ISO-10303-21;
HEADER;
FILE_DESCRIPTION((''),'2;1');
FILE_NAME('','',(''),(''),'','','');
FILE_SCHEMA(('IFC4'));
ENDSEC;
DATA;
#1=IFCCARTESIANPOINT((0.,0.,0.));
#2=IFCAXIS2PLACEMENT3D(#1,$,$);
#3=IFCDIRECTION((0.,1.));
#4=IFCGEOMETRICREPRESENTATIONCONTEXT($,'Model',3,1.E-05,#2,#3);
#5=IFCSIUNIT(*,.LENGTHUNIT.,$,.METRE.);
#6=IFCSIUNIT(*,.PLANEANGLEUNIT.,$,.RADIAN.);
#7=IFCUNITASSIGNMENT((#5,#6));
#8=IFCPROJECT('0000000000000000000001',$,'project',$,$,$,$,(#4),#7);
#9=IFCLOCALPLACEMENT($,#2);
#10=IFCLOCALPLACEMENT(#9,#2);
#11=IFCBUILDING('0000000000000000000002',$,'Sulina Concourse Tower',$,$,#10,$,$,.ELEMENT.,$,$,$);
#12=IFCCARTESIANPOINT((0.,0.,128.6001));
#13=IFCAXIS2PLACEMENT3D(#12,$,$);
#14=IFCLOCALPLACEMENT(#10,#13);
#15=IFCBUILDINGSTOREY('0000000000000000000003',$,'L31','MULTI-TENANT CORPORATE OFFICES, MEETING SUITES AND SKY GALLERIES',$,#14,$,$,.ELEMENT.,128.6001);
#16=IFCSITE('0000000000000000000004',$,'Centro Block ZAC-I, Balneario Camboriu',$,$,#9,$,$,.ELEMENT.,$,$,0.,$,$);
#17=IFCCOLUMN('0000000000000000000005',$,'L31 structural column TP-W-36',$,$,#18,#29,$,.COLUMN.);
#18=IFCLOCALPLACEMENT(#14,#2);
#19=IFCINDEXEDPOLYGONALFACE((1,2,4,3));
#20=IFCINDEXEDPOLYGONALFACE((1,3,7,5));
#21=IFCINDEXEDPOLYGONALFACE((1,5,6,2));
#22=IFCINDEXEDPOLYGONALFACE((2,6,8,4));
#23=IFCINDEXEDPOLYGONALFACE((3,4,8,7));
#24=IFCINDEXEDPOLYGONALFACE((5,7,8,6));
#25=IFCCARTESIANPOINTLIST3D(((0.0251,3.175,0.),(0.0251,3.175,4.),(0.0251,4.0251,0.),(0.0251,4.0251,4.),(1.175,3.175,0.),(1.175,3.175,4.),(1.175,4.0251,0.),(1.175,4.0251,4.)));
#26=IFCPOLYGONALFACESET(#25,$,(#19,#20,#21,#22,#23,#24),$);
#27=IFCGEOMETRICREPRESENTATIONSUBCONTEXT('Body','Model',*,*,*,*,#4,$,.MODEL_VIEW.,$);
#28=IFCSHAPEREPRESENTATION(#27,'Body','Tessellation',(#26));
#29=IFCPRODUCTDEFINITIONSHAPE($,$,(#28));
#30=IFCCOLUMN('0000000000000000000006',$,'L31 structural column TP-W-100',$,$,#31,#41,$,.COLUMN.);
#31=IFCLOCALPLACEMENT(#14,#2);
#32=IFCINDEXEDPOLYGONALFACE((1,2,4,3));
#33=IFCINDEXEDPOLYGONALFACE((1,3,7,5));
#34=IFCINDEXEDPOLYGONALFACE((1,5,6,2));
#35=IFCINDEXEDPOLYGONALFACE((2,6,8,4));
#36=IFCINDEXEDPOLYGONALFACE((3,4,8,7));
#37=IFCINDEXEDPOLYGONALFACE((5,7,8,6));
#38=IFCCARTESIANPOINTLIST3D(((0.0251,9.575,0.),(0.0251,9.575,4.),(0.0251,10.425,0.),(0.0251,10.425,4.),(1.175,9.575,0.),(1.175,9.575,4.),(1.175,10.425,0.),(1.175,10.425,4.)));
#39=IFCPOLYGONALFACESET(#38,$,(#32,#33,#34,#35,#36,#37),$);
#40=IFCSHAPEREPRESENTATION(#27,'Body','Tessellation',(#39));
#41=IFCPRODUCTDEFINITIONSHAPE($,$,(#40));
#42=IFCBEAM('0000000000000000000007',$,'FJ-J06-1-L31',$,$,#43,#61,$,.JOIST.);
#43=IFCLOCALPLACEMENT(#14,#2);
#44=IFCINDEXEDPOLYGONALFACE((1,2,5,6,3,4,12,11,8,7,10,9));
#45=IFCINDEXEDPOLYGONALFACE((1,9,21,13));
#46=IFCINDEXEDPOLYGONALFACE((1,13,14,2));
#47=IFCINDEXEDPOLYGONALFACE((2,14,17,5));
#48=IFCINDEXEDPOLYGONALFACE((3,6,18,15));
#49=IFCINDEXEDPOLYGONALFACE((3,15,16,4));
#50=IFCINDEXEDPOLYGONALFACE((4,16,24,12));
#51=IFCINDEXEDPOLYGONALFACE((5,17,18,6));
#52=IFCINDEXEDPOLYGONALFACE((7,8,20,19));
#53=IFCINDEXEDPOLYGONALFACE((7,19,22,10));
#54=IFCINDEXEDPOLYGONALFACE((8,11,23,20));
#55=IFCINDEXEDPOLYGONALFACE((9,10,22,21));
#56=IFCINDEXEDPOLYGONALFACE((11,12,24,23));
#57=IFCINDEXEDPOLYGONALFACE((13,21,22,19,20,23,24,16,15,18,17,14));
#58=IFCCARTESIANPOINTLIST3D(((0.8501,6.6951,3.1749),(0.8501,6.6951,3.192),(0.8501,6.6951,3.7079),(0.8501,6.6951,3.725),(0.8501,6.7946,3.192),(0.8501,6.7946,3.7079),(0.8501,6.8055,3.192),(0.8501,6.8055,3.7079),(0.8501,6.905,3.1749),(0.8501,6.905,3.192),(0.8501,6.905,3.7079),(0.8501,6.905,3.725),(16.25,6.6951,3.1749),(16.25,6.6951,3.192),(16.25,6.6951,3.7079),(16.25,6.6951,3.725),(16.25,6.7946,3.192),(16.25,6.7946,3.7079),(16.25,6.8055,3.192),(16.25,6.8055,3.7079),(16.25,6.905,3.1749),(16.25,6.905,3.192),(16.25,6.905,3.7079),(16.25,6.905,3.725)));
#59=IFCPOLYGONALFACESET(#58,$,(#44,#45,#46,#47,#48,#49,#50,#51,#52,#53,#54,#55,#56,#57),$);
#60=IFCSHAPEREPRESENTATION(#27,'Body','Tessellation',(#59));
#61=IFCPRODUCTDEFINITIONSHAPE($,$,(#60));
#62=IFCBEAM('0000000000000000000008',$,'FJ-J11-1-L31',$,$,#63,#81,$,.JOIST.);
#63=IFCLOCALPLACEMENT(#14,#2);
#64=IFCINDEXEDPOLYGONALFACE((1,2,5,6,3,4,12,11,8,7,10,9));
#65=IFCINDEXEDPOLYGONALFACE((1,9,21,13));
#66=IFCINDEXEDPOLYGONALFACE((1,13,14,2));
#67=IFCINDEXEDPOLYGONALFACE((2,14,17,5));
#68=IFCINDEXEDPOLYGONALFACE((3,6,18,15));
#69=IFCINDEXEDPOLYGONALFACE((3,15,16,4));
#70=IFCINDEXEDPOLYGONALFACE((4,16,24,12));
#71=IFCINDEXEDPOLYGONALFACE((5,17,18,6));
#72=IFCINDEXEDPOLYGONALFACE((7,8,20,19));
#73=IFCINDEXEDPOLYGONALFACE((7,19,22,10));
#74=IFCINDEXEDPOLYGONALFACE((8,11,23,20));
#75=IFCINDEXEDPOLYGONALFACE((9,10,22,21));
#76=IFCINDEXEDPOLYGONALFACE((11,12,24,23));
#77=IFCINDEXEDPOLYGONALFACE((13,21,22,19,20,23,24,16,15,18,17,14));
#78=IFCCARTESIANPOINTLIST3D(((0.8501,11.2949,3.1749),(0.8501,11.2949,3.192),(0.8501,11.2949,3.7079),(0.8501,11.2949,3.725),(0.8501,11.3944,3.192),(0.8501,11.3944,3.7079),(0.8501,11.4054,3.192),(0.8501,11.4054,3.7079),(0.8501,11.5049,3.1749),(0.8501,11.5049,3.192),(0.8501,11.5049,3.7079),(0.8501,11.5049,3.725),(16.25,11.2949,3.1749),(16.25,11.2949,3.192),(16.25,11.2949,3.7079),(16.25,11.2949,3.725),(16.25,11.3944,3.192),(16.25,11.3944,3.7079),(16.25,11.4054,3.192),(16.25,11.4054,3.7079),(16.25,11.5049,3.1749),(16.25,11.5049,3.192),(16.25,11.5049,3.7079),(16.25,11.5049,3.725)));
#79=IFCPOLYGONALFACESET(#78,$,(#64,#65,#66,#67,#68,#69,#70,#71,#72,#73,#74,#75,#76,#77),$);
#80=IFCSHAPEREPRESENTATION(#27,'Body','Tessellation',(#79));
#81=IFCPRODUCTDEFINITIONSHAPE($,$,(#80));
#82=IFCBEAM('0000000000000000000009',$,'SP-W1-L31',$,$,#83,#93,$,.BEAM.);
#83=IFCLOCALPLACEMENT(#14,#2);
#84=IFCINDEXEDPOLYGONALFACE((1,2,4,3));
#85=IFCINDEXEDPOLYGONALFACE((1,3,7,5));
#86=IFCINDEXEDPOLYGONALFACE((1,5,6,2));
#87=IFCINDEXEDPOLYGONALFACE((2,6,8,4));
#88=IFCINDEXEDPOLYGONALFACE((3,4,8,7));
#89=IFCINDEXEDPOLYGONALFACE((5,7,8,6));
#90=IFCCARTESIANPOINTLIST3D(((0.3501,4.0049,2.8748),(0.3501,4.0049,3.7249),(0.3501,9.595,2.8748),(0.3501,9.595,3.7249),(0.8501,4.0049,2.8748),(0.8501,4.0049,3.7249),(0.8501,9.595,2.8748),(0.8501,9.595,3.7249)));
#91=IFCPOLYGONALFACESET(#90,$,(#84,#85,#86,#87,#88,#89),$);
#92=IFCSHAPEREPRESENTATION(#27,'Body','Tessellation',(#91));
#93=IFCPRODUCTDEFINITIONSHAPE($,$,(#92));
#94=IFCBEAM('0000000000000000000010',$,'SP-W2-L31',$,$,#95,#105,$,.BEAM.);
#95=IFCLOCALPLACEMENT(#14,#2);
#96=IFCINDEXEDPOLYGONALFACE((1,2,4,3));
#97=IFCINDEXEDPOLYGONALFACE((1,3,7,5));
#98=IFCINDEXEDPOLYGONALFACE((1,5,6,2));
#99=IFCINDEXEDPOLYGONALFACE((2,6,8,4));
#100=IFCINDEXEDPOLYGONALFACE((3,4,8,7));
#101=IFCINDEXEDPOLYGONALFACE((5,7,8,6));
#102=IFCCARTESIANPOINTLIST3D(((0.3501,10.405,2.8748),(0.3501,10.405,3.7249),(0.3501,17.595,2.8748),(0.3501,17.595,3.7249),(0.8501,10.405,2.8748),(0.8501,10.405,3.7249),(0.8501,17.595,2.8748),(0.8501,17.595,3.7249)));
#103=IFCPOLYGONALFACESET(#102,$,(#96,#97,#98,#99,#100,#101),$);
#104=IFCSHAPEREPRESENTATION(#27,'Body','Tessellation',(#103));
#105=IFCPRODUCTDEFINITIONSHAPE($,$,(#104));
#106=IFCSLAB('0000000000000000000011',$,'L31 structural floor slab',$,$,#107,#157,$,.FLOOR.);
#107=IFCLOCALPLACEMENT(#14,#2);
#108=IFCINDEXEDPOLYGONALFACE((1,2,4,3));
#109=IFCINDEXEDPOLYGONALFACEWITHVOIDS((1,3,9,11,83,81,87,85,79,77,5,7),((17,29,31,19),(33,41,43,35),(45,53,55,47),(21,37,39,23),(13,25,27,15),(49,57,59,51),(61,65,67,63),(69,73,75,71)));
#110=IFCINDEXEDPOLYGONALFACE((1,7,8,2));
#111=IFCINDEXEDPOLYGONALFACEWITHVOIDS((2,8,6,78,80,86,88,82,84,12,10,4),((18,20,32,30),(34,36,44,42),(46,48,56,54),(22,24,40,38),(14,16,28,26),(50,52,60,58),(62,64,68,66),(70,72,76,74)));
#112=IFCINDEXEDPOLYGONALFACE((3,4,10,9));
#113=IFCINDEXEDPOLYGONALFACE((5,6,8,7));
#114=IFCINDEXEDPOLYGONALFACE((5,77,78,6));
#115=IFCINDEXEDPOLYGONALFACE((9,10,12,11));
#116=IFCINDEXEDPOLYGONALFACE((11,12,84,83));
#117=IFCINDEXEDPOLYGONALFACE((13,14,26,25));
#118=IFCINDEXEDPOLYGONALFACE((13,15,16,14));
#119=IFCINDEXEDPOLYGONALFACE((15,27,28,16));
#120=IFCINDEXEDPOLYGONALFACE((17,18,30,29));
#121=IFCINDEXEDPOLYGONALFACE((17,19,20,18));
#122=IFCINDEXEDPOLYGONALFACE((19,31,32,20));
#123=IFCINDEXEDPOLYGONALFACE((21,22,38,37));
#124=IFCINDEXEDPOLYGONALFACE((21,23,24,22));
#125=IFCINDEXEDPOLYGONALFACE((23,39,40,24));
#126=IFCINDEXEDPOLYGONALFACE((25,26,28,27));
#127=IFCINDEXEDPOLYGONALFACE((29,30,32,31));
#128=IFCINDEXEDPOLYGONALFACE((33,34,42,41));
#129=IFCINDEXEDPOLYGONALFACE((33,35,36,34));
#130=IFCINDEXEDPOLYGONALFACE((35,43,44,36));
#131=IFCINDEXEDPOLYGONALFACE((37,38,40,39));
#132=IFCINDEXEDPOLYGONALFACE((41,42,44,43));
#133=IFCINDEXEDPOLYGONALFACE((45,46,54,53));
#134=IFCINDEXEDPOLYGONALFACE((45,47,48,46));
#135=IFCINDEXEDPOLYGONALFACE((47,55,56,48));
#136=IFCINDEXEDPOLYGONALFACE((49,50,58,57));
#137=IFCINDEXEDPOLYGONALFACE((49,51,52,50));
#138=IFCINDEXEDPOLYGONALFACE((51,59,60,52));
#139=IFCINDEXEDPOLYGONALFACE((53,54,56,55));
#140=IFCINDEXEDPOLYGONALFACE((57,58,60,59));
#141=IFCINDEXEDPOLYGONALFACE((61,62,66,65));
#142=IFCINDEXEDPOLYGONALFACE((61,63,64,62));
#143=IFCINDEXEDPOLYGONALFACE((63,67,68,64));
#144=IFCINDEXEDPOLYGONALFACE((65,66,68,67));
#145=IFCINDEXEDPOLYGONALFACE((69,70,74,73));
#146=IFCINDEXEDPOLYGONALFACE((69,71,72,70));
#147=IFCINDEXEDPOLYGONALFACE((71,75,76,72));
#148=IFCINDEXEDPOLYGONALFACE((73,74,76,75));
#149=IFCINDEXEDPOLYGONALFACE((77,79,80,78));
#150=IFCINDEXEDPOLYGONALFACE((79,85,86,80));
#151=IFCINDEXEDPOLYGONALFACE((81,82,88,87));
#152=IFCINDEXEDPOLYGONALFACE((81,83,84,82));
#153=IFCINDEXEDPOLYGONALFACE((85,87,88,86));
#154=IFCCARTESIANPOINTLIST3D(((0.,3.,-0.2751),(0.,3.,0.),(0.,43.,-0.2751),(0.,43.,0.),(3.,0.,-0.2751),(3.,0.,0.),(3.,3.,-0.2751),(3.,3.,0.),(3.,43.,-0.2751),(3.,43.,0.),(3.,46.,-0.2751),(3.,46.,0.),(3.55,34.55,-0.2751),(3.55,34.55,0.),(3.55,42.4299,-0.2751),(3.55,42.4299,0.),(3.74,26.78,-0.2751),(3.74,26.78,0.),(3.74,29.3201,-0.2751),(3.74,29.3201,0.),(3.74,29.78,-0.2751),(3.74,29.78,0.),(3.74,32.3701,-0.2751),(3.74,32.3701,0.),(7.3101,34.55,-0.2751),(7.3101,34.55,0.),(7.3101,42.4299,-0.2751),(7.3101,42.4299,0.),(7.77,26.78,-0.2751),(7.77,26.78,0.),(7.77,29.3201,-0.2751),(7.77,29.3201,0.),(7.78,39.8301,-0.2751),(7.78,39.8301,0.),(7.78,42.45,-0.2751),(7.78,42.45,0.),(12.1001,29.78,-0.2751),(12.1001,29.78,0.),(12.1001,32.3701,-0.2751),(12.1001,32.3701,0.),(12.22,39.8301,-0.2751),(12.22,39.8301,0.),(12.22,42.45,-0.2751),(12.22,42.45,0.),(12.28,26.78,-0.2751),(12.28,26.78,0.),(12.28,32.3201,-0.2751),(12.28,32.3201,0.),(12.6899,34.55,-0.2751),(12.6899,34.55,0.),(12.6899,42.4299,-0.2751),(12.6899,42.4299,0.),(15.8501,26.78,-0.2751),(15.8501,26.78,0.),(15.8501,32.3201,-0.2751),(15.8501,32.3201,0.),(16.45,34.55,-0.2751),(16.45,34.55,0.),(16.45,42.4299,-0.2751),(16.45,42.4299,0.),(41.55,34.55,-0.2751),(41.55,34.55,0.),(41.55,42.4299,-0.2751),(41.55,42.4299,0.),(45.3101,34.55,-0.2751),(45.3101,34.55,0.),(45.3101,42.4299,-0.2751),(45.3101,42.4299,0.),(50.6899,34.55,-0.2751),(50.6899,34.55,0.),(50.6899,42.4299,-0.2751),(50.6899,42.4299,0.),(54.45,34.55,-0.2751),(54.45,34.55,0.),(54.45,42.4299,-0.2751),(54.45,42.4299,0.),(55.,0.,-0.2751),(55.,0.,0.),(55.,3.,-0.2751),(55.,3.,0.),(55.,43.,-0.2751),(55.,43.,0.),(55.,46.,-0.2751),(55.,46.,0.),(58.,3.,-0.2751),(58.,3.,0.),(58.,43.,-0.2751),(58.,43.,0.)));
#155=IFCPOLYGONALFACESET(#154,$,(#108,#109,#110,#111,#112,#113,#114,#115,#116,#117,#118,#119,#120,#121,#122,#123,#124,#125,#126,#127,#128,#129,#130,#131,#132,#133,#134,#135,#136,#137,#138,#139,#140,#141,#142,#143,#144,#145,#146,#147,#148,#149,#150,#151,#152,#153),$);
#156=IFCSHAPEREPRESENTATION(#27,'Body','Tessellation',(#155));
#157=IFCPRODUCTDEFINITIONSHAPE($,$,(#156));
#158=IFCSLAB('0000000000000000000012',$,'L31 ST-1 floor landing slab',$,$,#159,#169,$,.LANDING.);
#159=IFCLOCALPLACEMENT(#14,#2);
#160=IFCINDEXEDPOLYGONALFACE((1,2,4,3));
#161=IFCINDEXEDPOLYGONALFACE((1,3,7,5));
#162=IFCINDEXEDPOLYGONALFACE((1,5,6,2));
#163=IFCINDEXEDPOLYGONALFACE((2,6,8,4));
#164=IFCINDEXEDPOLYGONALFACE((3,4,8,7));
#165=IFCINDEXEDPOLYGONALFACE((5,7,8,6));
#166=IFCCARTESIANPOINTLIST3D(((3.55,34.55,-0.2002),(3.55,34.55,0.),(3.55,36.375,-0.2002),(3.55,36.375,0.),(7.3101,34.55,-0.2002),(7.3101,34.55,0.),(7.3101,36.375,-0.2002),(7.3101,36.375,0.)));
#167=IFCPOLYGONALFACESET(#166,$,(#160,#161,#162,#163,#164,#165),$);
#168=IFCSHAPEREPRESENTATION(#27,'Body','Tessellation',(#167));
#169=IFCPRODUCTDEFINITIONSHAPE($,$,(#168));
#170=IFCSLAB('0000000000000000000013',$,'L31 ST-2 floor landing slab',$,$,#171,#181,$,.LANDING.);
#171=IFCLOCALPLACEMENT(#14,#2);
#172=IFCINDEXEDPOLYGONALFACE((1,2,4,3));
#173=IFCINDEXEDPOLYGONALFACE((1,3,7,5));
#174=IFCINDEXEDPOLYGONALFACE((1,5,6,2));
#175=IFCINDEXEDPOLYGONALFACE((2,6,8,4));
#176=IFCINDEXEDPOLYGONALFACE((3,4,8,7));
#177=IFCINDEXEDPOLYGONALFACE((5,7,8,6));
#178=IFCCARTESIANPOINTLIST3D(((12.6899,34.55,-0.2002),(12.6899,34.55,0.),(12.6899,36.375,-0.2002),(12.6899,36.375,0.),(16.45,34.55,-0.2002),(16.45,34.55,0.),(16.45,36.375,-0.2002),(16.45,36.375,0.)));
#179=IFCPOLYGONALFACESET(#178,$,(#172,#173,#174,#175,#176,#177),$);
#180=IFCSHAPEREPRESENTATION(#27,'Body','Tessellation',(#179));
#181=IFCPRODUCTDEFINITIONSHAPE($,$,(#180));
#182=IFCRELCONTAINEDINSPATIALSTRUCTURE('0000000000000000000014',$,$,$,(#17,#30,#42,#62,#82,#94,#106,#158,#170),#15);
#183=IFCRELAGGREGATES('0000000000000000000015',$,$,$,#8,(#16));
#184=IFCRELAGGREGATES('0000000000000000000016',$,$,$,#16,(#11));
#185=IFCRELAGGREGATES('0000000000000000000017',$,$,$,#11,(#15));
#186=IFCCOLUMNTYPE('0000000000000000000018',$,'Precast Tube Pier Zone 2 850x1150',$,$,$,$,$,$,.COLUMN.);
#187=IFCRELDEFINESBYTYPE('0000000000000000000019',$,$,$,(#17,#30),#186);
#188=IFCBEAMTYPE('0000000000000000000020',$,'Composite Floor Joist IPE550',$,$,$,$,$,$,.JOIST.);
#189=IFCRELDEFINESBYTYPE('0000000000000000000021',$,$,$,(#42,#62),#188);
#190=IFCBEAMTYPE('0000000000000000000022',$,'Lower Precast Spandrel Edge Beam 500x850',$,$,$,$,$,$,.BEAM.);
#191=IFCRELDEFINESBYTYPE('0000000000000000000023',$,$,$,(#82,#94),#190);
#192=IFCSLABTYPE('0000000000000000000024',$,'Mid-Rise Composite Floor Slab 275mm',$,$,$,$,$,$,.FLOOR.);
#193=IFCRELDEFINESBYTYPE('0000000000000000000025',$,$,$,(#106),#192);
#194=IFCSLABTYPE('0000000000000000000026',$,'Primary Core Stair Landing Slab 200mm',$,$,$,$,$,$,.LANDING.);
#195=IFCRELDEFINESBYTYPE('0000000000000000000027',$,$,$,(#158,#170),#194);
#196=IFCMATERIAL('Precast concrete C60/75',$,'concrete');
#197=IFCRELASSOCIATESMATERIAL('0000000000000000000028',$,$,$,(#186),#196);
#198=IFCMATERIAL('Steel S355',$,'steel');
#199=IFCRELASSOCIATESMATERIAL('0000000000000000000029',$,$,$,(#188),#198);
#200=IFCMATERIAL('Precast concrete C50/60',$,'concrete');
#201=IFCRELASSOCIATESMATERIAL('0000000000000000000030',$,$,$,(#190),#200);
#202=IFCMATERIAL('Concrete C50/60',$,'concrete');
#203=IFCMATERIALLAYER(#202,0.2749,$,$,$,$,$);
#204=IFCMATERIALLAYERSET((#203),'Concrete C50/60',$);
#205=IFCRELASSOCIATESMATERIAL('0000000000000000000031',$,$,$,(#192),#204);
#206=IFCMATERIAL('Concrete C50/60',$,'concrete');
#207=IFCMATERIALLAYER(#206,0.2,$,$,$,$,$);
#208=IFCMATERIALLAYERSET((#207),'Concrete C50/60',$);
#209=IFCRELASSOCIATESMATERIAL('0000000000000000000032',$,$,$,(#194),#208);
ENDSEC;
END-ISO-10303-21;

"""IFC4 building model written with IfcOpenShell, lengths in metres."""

from ifc_helpers import new_model, si_unit, direction, frame, origin, origin_2d, place, context, subcontext, project, spatial, polyline, rectangle, i_section, outline, extrude, material, layer, layer_set, material_profile, profile_set, type_object, element, save


model = new_model("IFC4")

# Units and contexts
model_context = context("Model", 3, precision=1e-05, world=origin(), true_north=direction((0.0, 1.0)))
body_context = subcontext(model_context, "Body", "Model", "MODEL_VIEW")
ifc_project = project(units=[si_unit("LENGTHUNIT", "METRE"), si_unit("PLANEANGLEUNIT", "RADIAN")], contexts=[model_context])

# Site, building, storey
site_placement = place(None, origin())
site = spatial("IfcSite", under=ifc_project, at=site_placement, Name="Centro Block ZAC-I, Balneario Camboriu", CompositionType="ELEMENT", RefElevation=0.0)
building_placement = place(site_placement, origin())
building = spatial("IfcBuilding", under=site, at=building_placement, Name="Sulina Concourse Tower", CompositionType="ELEMENT")
storey_placement = place(building_placement, frame((0.0, 0.0, 128.6001)))
storey = spatial("IfcBuildingStorey", under=building, at=storey_placement, Name="L31", Description="MULTI-TENANT CORPORATE OFFICES, MEETING SUITES AND SKY GALLERIES", CompositionType="ELEMENT", Elevation=128.6001)

# Columns
ifc_material_1 = material(Name="Precast concrete C60/75", Category="concrete")
ifc_material_profile_1 = material_profile(ifc_material_1, rectangle(XDim=0.8501, YDim=1.1499, at=origin_2d()), Name="PC 850x1150")
ifc_profile_set_1 = profile_set([ifc_material_profile_1], Name="Precast concrete C60/75")
column_type = type_object("IfcColumnType", Name="Precast Tube Pier Zone 2 850x1150", PredefinedType="COLUMN", material=ifc_profile_set_1)
for number, where, z_axis, x_axis, name in (
    (1, (0.6001, 3.6001, 0.0), (0.0, 0.0, 1.0), (0.0, 1.0, 0.0), "L31 structural column TP-W-36"),
    (2, (0.6001, 10.0, 0.0), (0.0, 0.0, 1.0), (0.0, 1.0, 0.0), "L31 structural column TP-W-100"),
):
    element("IfcColumn", number, at=place(storey_placement, frame(where, z_axis=z_axis, x_axis=x_axis)), inside=storey, type_object=column_type, Name=name, PredefinedType="COLUMN", context=body_context, shape_type="SweptSolid", body=[
        extrude(rectangle(XDim=0.8501, YDim=1.1499, at=origin_2d()), origin(), (0.0, 0.0, 1.0), 4.0),
    ])

# Beams
ifc_material_2 = material(Name="Steel S355", Category="steel")
ifc_material_profile_2 = material_profile(ifc_material_2, i_section(OverallWidth=0.21, OverallDepth=0.55, WebThickness=0.011, FlangeThickness=0.0171, at=origin_2d()), Name="IPE 550")
ifc_profile_set_2 = profile_set([ifc_material_profile_2], Name="Steel S355")
beam_type_1 = type_object("IfcBeamType", Name="Composite Floor Joist IPE550", PredefinedType="JOIST", material=ifc_profile_set_2)
for number, where, z_axis, x_axis, name in (
    (3, (0.8501, 6.8, 3.45), (1.0, 0.0, 0.0), (0.0, 1.0, 0.0), "FJ-J06-1-L31"),
    (4, (0.8501, 11.3999, 3.45), (1.0, 0.0, 0.0), (0.0, 1.0, 0.0), "FJ-J11-1-L31"),
):
    element("IfcBeam", number, at=place(storey_placement, frame(where, z_axis=z_axis, x_axis=x_axis)), inside=storey, type_object=beam_type_1, Name=name, PredefinedType="JOIST", context=body_context, shape_type="SweptSolid", body=[
        extrude(i_section(OverallWidth=0.21, OverallDepth=0.55, WebThickness=0.011, FlangeThickness=0.0171, at=origin_2d()), origin(), (0.0, 0.0, 1.0), 15.3999),
    ])
ifc_material_3 = material(Name="Precast concrete C50/60", Category="concrete")
ifc_material_profile_3 = material_profile(ifc_material_3, rectangle(XDim=0.5, YDim=0.8501, at=origin_2d()), Name="RC 500x850")
ifc_profile_set_3 = profile_set([ifc_material_profile_3], Name="Precast concrete C50/60")
beam_type_2 = type_object("IfcBeamType", Name="Lower Precast Spandrel Edge Beam 500x850", PredefinedType="BEAM", material=ifc_profile_set_3)
beam_1_placement = place(storey_placement, frame((0.6001, 4.0049, 3.2998), z_axis=(0.0, 1.0, 0.0), x_axis=(-1.0, 0.0, 0.0)))
element("IfcBeam", 5, at=beam_1_placement, inside=storey, type_object=beam_type_2, Name="SP-W1-L31", PredefinedType="BEAM", context=body_context, shape_type="SweptSolid", body=[
    extrude(rectangle(XDim=0.5, YDim=0.8501, at=origin_2d()), origin(), (0.0, 0.0, 1.0), 5.5901),
])
beam_2_placement = place(storey_placement, frame((0.6001, 10.405, 3.2998), z_axis=(0.0, 1.0, 0.0), x_axis=(-1.0, 0.0, 0.0)))
element("IfcBeam", 6, at=beam_2_placement, inside=storey, type_object=beam_type_2, Name="SP-W2-L31", PredefinedType="BEAM", context=body_context, shape_type="SweptSolid", body=[
    extrude(rectangle(XDim=0.5, YDim=0.8501, at=origin_2d()), origin(), (0.0, 0.0, 1.0), 7.1899),
])

# Slabs
ifc_material_4 = material(Name="Concrete C50/60", Category="concrete")
ifc_layer_1 = layer(ifc_material_4, 0.2749)
ifc_layer_set_1 = layer_set([ifc_layer_1], Name="Concrete C50/60")
slab_type_1 = type_object("IfcSlabType", Name="Mid-Rise Composite Floor Slab 275mm", PredefinedType="FLOOR", material=ifc_layer_set_1)
slab_1_placement = place(storey_placement, frame((0.0, 0.0, -0.2751)))
element("IfcSlab", 7, at=slab_1_placement, inside=storey, type_object=slab_type_1, Name="L31 structural floor slab", PredefinedType="FLOOR", context=body_context, shape_type="SweptSolid", body=[
    extrude(outline(polyline([(3.0, 0.0), (55.0, 0.0), (55.0, 3.0), (58.0, 3.0), (58.0, 43.0), (55.0, 43.0), (55.0, 46.0), (3.0, 46.0), (3.0, 43.0), (0.0, 43.0), (0.0, 3.0), (3.0, 3.0), (3.0, 0.0)]), holes=[polyline([(7.3101, 34.55), (7.3101, 42.4299), (3.55, 42.4299), (3.55, 34.55), (7.3101, 34.55)]), polyline([(16.45, 34.55), (16.45, 42.4299), (12.6899, 42.4299), (12.6899, 34.55), (16.45, 34.55)]), polyline([(45.3101, 34.55), (45.3101, 42.4299), (41.55, 42.4299), (41.55, 34.55), (45.3101, 34.55)]), polyline([(54.45, 34.55), (54.45, 42.4299), (50.6899, 42.4299), (50.6899, 34.55), (54.45, 34.55)]), polyline([(7.78, 39.8301), (12.22, 39.8301), (12.22, 42.45), (7.78, 42.45), (7.78, 39.8301)]), polyline([(3.74, 26.78), (7.77, 26.78), (7.77, 29.3201), (3.74, 29.3201), (3.74, 26.78)]), polyline([(3.74, 29.78), (12.1001, 29.78), (12.1001, 32.3701), (3.74, 32.3701), (3.74, 29.78)]), polyline([(12.28, 26.78), (15.8501, 26.78), (15.8501, 32.3201), (12.28, 32.3201), (12.28, 26.78)])]), origin(), (0.0, 0.0, 1.0), 0.2751),
])
ifc_material_5 = material(Name="Concrete C50/60", Category="concrete")
ifc_layer_2 = layer(ifc_material_5, 0.2)
ifc_layer_set_2 = layer_set([ifc_layer_2], Name="Concrete C50/60")
slab_type_2 = type_object("IfcSlabType", Name="Primary Core Stair Landing Slab 200mm", PredefinedType="LANDING", material=ifc_layer_set_2)
slab_2_placement = place(storey_placement, frame((0.0, 0.0, -0.2002)))
element("IfcSlab", 8, at=slab_2_placement, inside=storey, type_object=slab_type_2, Name="L31 ST-1 floor landing slab", PredefinedType="LANDING", context=body_context, shape_type="SweptSolid", body=[
    extrude(outline(polyline([(7.3101, 34.55), (7.3101, 36.375), (3.55, 36.375), (3.55, 34.55), (7.3101, 34.55)])), origin(), (0.0, 0.0, 1.0), 0.2002),
])
slab_3_placement = place(storey_placement, frame((0.0, 0.0, -0.2002)))
element("IfcSlab", 9, at=slab_3_placement, inside=storey, type_object=slab_type_2, Name="L31 ST-2 floor landing slab", PredefinedType="LANDING", context=body_context, shape_type="SweptSolid", body=[
    extrude(outline(polyline([(16.45, 34.55), (16.45, 36.375), (12.6899, 36.375), (12.6899, 34.55), (16.45, 34.55)])), origin(), (0.0, 0.0, 1.0), 0.2002),
])

save(model, "model.ifc")
